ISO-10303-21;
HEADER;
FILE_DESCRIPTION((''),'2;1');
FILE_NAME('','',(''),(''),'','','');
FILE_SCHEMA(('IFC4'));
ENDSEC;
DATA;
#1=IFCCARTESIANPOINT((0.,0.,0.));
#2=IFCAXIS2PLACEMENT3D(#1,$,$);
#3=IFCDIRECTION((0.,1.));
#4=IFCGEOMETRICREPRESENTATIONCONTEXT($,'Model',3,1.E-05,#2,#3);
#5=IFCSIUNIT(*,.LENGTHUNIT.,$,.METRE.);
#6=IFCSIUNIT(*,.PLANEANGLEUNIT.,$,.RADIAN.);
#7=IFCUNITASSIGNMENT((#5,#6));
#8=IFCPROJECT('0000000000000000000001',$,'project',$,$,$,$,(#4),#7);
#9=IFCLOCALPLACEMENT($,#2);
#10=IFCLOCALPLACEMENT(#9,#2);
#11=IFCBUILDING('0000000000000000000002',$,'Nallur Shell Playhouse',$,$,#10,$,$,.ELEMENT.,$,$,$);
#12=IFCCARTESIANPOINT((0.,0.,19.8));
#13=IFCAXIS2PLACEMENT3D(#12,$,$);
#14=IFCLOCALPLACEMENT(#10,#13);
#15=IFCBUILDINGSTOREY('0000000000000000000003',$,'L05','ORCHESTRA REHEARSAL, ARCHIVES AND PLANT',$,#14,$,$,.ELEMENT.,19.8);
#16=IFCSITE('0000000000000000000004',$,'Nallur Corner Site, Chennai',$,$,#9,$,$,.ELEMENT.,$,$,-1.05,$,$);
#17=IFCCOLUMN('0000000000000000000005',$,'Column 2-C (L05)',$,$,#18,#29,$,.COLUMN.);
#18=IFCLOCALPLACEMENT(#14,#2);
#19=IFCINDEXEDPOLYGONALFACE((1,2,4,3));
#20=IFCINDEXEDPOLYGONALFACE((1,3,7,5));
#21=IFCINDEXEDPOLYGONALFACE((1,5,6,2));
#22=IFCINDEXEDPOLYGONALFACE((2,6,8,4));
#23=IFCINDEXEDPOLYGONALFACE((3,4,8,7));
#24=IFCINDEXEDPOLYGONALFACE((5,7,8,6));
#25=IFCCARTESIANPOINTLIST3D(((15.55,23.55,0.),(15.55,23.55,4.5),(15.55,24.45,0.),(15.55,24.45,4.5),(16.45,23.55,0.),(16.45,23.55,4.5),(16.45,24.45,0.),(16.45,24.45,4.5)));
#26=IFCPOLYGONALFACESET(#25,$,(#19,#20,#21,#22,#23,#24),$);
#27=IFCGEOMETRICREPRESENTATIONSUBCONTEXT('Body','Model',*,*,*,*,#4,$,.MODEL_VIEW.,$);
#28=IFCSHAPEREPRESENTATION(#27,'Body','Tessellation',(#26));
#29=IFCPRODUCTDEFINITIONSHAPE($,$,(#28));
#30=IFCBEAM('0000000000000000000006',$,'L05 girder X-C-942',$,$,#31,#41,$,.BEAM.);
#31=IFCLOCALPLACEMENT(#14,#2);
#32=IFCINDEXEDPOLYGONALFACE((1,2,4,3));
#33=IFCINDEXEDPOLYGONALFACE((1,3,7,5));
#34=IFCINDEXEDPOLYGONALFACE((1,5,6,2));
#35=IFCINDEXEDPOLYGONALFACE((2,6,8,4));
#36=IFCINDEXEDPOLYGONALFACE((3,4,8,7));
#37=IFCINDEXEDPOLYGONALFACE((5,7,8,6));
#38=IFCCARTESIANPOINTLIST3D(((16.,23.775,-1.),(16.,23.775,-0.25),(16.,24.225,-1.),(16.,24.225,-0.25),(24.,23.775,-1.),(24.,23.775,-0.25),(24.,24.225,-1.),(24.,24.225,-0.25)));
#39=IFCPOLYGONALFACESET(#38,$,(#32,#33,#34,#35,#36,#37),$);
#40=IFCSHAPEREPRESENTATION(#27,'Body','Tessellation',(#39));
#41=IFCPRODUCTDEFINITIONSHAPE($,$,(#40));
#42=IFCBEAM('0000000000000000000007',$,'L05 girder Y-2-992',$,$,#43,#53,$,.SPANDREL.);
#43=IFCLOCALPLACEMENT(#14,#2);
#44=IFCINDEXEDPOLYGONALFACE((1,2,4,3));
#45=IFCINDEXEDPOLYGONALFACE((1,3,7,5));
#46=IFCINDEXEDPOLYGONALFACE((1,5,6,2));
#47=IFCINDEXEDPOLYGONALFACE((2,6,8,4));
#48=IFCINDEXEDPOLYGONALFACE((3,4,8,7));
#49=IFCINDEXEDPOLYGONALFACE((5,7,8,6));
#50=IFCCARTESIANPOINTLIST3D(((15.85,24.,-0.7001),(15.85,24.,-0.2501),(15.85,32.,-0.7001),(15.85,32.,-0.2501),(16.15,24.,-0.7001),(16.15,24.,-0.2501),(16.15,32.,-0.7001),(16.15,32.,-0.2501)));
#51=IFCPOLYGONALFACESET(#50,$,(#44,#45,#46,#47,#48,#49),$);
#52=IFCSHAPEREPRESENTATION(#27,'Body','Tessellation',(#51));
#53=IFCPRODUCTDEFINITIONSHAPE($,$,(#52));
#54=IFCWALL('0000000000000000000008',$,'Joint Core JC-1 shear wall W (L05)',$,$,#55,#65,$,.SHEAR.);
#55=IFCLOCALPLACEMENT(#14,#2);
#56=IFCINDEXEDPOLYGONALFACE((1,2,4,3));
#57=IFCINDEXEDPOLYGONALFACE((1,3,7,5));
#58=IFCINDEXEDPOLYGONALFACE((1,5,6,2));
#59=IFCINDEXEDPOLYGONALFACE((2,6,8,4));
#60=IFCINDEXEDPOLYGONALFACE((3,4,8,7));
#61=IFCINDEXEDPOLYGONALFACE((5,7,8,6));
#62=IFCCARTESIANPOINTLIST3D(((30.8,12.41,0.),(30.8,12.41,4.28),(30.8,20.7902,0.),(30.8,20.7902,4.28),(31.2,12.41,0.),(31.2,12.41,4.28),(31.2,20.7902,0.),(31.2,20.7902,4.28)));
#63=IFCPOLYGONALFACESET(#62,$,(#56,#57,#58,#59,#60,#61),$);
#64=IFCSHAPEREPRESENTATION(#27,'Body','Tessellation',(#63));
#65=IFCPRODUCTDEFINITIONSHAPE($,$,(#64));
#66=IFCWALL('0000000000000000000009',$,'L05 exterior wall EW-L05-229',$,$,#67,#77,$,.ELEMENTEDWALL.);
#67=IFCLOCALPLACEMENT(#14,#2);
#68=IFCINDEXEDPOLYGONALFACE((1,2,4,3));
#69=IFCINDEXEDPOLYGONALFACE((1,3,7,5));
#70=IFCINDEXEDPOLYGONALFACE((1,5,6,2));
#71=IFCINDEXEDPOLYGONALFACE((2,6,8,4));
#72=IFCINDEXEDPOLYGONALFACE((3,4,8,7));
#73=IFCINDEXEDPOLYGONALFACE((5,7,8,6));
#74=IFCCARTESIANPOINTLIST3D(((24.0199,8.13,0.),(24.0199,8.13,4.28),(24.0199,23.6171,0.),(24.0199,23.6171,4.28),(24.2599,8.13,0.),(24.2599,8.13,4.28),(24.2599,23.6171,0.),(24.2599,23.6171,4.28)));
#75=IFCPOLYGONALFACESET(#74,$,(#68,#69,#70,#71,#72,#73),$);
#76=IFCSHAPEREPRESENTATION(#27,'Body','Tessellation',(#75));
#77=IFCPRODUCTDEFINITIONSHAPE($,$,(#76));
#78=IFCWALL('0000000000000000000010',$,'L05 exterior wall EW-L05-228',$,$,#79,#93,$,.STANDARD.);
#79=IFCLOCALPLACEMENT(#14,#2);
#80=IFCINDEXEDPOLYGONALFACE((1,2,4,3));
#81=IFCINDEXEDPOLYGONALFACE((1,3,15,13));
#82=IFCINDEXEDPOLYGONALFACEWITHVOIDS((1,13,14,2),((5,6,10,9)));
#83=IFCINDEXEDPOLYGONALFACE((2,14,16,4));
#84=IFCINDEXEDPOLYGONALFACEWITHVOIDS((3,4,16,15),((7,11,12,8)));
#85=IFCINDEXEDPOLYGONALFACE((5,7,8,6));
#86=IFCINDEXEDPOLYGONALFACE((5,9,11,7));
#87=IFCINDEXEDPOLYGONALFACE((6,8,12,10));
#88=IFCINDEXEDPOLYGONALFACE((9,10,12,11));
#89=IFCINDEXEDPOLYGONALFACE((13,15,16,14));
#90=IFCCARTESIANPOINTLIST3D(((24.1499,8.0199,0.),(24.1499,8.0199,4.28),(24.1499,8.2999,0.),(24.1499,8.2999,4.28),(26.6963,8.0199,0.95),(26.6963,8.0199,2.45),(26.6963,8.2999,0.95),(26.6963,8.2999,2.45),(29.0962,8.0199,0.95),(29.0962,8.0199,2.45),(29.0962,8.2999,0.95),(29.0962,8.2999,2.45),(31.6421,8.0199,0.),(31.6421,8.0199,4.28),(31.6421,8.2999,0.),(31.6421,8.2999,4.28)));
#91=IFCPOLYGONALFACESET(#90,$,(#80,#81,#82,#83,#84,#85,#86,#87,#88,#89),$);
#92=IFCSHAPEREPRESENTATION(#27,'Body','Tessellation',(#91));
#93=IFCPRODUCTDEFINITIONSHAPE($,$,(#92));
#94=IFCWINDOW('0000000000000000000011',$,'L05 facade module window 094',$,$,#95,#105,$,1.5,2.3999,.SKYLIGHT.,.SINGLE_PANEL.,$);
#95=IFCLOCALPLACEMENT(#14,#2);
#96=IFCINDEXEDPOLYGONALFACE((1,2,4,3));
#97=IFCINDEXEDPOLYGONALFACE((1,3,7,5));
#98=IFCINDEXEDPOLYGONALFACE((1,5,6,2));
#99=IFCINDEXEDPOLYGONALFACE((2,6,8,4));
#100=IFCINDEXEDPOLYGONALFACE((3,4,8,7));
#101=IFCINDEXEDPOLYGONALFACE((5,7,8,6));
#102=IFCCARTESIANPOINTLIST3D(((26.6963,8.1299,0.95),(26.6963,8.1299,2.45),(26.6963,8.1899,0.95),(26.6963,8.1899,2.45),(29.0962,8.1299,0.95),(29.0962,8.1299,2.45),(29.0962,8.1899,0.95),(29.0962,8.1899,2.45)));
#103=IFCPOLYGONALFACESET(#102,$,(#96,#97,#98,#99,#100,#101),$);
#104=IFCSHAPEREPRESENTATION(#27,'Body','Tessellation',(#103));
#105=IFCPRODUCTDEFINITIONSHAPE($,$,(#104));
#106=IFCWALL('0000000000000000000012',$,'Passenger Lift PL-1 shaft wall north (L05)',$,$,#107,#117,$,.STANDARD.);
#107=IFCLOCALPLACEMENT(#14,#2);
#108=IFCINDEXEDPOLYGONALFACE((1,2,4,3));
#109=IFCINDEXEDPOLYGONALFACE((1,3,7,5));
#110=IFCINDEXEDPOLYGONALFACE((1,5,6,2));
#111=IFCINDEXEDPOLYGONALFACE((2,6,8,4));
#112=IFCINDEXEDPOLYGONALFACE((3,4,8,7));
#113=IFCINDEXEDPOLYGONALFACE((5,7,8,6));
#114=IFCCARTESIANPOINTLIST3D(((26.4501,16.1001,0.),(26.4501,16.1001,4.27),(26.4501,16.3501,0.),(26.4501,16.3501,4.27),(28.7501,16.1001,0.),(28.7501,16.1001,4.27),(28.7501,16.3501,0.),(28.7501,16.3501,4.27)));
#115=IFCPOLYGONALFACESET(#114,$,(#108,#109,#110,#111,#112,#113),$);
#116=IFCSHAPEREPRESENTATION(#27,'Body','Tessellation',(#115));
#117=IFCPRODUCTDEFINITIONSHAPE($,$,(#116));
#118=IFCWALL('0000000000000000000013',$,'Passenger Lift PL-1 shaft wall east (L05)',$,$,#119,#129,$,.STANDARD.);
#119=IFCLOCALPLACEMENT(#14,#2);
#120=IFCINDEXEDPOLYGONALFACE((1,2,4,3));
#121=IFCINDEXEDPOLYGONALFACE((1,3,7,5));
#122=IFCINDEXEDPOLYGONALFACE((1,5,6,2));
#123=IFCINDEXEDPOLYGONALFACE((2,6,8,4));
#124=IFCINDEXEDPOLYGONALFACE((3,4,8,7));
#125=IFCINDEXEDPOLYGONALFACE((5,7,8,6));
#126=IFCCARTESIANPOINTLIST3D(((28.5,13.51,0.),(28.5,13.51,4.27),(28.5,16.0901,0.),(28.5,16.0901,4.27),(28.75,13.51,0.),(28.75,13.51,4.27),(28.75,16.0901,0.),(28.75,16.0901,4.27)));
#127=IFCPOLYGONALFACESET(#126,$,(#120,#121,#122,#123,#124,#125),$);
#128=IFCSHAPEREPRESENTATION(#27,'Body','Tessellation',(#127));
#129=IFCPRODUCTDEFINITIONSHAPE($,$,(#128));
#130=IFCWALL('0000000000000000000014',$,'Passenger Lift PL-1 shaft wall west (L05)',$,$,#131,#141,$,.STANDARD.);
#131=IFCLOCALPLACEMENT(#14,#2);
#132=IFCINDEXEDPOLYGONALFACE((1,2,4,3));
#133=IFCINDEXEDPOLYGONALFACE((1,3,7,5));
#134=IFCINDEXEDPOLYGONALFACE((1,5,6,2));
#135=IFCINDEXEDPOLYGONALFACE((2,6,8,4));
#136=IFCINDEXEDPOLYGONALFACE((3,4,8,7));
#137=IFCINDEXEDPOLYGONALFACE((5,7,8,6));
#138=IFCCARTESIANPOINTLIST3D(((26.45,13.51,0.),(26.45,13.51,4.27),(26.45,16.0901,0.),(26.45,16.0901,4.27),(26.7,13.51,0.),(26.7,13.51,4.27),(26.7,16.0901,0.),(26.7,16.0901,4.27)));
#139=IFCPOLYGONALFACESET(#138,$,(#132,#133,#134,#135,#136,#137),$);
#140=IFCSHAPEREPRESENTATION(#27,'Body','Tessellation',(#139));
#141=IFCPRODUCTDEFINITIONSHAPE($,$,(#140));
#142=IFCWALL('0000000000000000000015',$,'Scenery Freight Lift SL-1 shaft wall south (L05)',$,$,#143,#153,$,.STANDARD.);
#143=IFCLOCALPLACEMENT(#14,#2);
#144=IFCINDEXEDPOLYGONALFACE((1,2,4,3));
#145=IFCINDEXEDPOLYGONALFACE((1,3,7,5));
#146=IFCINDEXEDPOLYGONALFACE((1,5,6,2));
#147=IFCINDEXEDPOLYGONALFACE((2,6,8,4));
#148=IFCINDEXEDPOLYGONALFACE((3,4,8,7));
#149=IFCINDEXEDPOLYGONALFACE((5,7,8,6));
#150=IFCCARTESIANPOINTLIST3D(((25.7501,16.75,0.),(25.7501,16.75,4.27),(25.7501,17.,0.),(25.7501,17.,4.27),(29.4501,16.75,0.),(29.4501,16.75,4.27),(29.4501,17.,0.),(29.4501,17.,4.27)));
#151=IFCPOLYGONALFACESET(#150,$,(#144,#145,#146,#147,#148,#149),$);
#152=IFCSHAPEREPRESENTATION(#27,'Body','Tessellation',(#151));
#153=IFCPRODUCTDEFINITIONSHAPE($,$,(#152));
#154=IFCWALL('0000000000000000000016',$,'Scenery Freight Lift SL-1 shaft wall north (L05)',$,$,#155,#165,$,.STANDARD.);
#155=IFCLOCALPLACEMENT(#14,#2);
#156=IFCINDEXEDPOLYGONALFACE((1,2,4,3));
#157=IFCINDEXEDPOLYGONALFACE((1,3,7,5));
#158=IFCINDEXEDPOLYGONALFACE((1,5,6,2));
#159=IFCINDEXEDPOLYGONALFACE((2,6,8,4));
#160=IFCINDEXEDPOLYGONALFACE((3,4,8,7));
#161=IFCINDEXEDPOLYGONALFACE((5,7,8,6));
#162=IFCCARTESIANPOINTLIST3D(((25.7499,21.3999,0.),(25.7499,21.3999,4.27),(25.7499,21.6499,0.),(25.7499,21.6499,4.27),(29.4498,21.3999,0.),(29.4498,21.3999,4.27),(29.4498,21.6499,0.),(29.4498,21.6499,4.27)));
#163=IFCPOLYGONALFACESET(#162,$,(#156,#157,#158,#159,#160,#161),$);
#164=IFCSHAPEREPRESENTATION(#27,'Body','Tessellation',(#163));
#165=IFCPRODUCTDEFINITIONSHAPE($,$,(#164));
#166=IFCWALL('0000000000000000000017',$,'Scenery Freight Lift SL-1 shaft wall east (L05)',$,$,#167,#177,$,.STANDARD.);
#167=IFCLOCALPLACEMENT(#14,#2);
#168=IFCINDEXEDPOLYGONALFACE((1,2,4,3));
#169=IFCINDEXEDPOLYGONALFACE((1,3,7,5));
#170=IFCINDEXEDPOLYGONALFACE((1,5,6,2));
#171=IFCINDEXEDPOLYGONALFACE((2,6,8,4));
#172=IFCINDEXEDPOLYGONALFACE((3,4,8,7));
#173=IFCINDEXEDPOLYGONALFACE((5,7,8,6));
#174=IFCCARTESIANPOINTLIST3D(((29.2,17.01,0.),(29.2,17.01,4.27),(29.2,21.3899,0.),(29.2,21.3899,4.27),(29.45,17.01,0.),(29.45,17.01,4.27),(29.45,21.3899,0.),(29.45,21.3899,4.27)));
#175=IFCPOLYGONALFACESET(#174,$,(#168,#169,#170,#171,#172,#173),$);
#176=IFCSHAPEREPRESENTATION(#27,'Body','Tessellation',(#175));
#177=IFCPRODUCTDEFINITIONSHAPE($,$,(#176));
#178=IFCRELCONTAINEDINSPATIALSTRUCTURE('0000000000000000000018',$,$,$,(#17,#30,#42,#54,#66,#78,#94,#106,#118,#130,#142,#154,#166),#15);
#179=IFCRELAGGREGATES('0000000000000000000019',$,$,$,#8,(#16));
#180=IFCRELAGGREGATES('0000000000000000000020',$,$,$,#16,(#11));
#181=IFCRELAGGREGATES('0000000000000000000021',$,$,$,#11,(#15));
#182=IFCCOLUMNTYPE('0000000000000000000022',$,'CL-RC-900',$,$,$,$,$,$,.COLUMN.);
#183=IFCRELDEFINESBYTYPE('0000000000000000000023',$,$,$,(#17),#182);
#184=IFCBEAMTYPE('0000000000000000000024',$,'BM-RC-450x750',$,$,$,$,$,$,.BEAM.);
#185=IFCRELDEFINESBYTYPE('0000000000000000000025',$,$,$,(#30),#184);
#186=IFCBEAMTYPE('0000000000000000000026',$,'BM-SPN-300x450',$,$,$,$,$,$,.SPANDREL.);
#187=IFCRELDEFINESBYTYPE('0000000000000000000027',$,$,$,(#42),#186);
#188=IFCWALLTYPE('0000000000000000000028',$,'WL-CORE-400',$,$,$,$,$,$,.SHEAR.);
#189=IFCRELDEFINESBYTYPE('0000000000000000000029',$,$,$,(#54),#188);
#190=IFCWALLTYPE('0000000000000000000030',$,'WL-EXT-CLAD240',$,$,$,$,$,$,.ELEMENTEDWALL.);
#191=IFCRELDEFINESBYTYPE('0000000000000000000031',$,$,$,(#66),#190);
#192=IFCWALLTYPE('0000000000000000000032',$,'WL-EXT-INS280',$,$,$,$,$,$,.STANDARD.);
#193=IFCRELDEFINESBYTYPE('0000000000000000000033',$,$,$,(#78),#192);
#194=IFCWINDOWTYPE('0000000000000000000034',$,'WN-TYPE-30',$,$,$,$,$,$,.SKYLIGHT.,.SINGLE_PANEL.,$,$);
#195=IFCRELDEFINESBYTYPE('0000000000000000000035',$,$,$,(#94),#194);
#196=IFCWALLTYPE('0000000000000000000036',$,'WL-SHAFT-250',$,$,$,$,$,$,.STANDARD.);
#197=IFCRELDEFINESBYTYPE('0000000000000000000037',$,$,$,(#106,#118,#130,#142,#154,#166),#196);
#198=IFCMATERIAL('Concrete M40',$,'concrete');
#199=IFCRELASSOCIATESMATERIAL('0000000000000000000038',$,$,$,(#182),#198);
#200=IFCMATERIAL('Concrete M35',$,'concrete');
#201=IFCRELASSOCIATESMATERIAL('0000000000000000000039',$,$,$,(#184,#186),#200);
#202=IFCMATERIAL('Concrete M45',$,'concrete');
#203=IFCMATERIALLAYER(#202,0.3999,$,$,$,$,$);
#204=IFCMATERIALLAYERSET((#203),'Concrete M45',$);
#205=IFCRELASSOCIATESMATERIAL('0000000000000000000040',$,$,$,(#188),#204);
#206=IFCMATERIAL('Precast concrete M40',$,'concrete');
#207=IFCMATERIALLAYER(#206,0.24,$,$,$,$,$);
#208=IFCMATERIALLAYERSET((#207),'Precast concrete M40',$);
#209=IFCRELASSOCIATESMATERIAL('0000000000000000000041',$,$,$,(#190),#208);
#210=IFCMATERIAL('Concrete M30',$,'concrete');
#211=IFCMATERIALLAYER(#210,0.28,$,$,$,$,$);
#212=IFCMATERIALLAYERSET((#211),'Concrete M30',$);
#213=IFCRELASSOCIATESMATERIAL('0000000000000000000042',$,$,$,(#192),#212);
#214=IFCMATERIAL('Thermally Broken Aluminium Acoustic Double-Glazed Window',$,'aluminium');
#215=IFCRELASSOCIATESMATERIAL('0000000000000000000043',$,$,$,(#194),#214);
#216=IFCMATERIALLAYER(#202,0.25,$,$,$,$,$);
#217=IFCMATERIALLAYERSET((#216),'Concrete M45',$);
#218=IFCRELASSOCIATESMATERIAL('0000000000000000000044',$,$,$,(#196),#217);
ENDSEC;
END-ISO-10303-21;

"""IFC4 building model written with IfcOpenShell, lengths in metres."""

from ifc_helpers import new_model, si_unit, direction, frame, frame_2d, origin, origin_2d, place, context, subcontext, project, spatial, rectangle, extrude, material, layer, layer_set, material_profile, profile_set, type_object, element, fill, save


model = new_model("IFC4")

# Units and contexts
model_context = context("Model", 3, precision=1e-05, world=origin(), true_north=direction((0.0, 1.0)))
body_context = subcontext(model_context, "Body", "Model", "MODEL_VIEW")
ifc_project = project(units=[si_unit("LENGTHUNIT", "METRE"), si_unit("PLANEANGLEUNIT", "RADIAN")], contexts=[model_context])

# Site, building, storey
site_placement = place(None, origin())
site = spatial("IfcSite", under=ifc_project, at=site_placement, Name="Nallur Corner Site, Chennai", CompositionType="ELEMENT", RefElevation=-1.05)
building_placement = place(site_placement, origin())
building = spatial("IfcBuilding", under=site, at=building_placement, Name="Nallur Shell Playhouse", CompositionType="ELEMENT")
storey_placement = place(building_placement, frame((0.0, 0.0, 19.8)))
storey = spatial("IfcBuildingStorey", under=building, at=storey_placement, Name="L05", Description="ORCHESTRA REHEARSAL, ARCHIVES AND PLANT", CompositionType="ELEMENT", Elevation=19.8)

# Column
ifc_material_1 = material(Name="Concrete M40", Category="concrete")
ifc_material_profile_1 = material_profile(ifc_material_1, rectangle(XDim=0.8999, YDim=0.8999, at=origin_2d()), Name="RC 900x900")
ifc_profile_set_1 = profile_set([ifc_material_profile_1], Name="Concrete M40")
column_type = type_object("IfcColumnType", Name="CL-RC-900", PredefinedType="COLUMN", material=ifc_profile_set_1)
column_placement = place(storey_placement, frame((16.0, 24.0, 0.0), z_axis=(0.0, 0.0, 1.0), x_axis=(1.0, 0.0, 0.0)))
element("IfcColumn", 1, at=column_placement, inside=storey, type_object=column_type, Name="Column 2-C (L05)", PredefinedType="COLUMN", context=body_context, shape_type="SweptSolid", body=[
    extrude(rectangle(XDim=0.8999, YDim=0.8999, at=origin_2d()), origin(), (0.0, 0.0, 1.0), 4.5),
])

# Beams
ifc_material_2 = material(Name="Concrete M35", Category="concrete")
ifc_material_profile_2 = material_profile(ifc_material_2, rectangle(XDim=0.45, YDim=0.75, at=origin_2d()), Name="RC 450x750")
ifc_profile_set_2 = profile_set([ifc_material_profile_2], Name="Concrete M35")
beam_type_1 = type_object("IfcBeamType", Name="BM-RC-450x750", PredefinedType="BEAM", material=ifc_profile_set_2)
beam_1_placement = place(storey_placement, frame((16.0, 24.0, -0.625), z_axis=(1.0, 0.0, 0.0), x_axis=(0.0, 1.0, 0.0)))
element("IfcBeam", 2, at=beam_1_placement, inside=storey, type_object=beam_type_1, Name="L05 girder X-C-942", PredefinedType="BEAM", context=body_context, shape_type="SweptSolid", body=[
    extrude(rectangle(XDim=0.45, YDim=0.75, at=origin_2d()), origin(), (0.0, 0.0, 1.0), 8.0),
])
ifc_material_profile_3 = material_profile(ifc_material_2, rectangle(XDim=0.3, YDim=0.45, at=origin_2d()), Name="RC 300x450")
ifc_profile_set_3 = profile_set([ifc_material_profile_3], Name="Concrete M35")
beam_type_2 = type_object("IfcBeamType", Name="BM-SPN-300x450", PredefinedType="SPANDREL", material=ifc_profile_set_3)
beam_2_placement = place(storey_placement, frame((16.0, 24.0, -0.4751), z_axis=(0.0, 1.0, 0.0), x_axis=(-1.0, 0.0, 0.0)))
element("IfcBeam", 3, at=beam_2_placement, inside=storey, type_object=beam_type_2, Name="L05 girder Y-2-992", PredefinedType="SPANDREL", context=body_context, shape_type="SweptSolid", body=[
    extrude(rectangle(XDim=0.3, YDim=0.45, at=origin_2d()), origin(), (0.0, 0.0, 1.0), 8.0),
])

# Shared definitions
ifc_material_3 = material(Name="Concrete M45", Category="concrete")
ifc_layer_1 = layer(ifc_material_3, 0.3999)
ifc_layer_set_1 = layer_set([ifc_layer_1], Name="Concrete M45")
wall_type_1 = type_object("IfcWallType", Name="WL-CORE-400", PredefinedType="SHEAR", material=ifc_layer_set_1)

# Walls
wall_1_placement = place(storey_placement, frame((31.0, 20.79, 0.0), z_axis=(0.0, 0.0, 1.0), x_axis=(0.0, -1.0, 0.0)))
element("IfcWall", 4, at=wall_1_placement, inside=storey, type_object=wall_type_1, Name="Joint Core JC-1 shear wall W (L05)", PredefinedType="SHEAR", context=body_context, shape_type="SweptSolid", body=[
    extrude(rectangle(XDim=8.3801, YDim=0.3999, at=frame_2d((4.1899, 0.0))), origin(), (0.0, 0.0, 1.0), 4.28),
])
ifc_material_4 = material(Name="Precast concrete M40", Category="concrete")
ifc_layer_2 = layer(ifc_material_4, 0.24)
ifc_layer_set_2 = layer_set([ifc_layer_2], Name="Precast concrete M40")
wall_type_2 = type_object("IfcWallType", Name="WL-EXT-CLAD240", PredefinedType="ELEMENTEDWALL", material=ifc_layer_set_2)
wall_2_placement = place(storey_placement, frame((24.1399, 8.1299, 0.0), z_axis=(0.0, 0.0, 1.0), x_axis=(0.0, 1.0, 0.0)))
element("IfcWall", 5, at=wall_2_placement, inside=storey, type_object=wall_type_2, Name="L05 exterior wall EW-L05-229", PredefinedType="ELEMENTEDWALL", context=body_context, shape_type="SweptSolid", body=[
    extrude(rectangle(XDim=15.4871, YDim=0.24, at=frame_2d((7.7437, 0.0))), origin(), (0.0, 0.0, 1.0), 4.28),
])

# Wall, opening, window
ifc_material_5 = material(Name="Concrete M30", Category="concrete")
ifc_layer_3 = layer(ifc_material_5, 0.28)
ifc_layer_set_3 = layer_set([ifc_layer_3], Name="Concrete M30")
wall_type_3 = type_object("IfcWallType", Name="WL-EXT-INS280", PredefinedType="STANDARD", material=ifc_layer_set_3)
wall_3_placement = place(storey_placement, frame((31.6421, 8.1599, 0.0), z_axis=(0.0, 0.0, 1.0), x_axis=(-1.0, 0.0, 0.0)))
wall_3 = element("IfcWall", 6, at=wall_3_placement, inside=storey, type_object=wall_type_3, Name="L05 exterior wall EW-L05-228", PredefinedType="STANDARD", context=body_context, shape_type="SweptSolid", body=[
    extrude(rectangle(XDim=7.4922, YDim=0.28, at=frame_2d((3.7461, 0.0))), origin(), (0.0, 0.0, 1.0), 4.28),
])
opening_1_placement = place(wall_3_placement, frame((2.5459, 0.0, 0.95)))
opening_1 = element("IfcOpeningElement", 7, at=opening_1_placement, cuts=wall_3, PredefinedType="OPENING", context=body_context, shape_type="SweptSolid", body=[
    extrude(rectangle(XDim=2.3999, YDim=1.5, at=frame_2d((1.2, 0.75))), frame((0.0, 0.1499, 0.0), z_axis=(0.0, -1.0, 0.0), x_axis=(1.0, 0.0, 0.0)), (0.0, 0.0, 1.0), 0.3),
])
ifc_material_6 = material(Name="Thermally Broken Aluminium Acoustic Double-Glazed Window", Category="aluminium")
window_type = type_object("IfcWindowType", Name="WN-TYPE-30", PartitioningType="SINGLE_PANEL", PredefinedType="SKYLIGHT", material=ifc_material_6)
window_placement = place(opening_1_placement, origin())
window = element("IfcWindow", 8, at=window_placement, inside=storey, type_object=window_type, Name="L05 facade module window 094", OverallHeight=1.5, OverallWidth=2.3999, PartitioningType="SINGLE_PANEL", PredefinedType="SKYLIGHT", context=body_context, shape_type="SweptSolid", body=[
    extrude(rectangle(XDim=2.3999, YDim=1.5, at=frame_2d((1.2, 0.75))), frame((0.0, 0.03, 0.0), z_axis=(0.0, -1.0, 0.0), x_axis=(1.0, 0.0, 0.0)), (0.0, 0.0, 1.0), 0.0601),
])
fill(opening_1, window)

# Shared definitions
ifc_layer_4 = layer(ifc_material_3, 0.25)
ifc_layer_set_4 = layer_set([ifc_layer_4], Name="Concrete M45")
wall_type_4 = type_object("IfcWallType", Name="WL-SHAFT-250", PredefinedType="STANDARD", material=ifc_layer_set_4)

# Walls
wall_4_placement = place(storey_placement, frame((28.75, 16.2251, 0.0), z_axis=(0.0, 0.0, 1.0), x_axis=(-1.0, 0.0, 0.0)))
element("IfcWall", 9, at=wall_4_placement, inside=storey, type_object=wall_type_4, Name="Passenger Lift PL-1 shaft wall north (L05)", PredefinedType="STANDARD", context=body_context, shape_type="SweptSolid", body=[
    extrude(rectangle(XDim=2.3, YDim=0.25, at=frame_2d((1.1499, 0.0))), origin(), (0.0, 0.0, 1.0), 4.27),
])
for number, where, z_axis, x_axis, name in (
    (10, (28.625, 13.51, 0.0), (0.0, 0.0, 1.0), (0.0, 1.0, 0.0), "Passenger Lift PL-1 shaft wall east (L05)"),
    (11, (26.575, 16.0901, 0.0), (0.0, 0.0, 1.0), (0.0, -1.0, 0.0), "Passenger Lift PL-1 shaft wall west (L05)"),
):
    element("IfcWall", number, at=place(storey_placement, frame(where, z_axis=z_axis, x_axis=x_axis)), inside=storey, type_object=wall_type_4, Name=name, PredefinedType="STANDARD", context=body_context, shape_type="SweptSolid", body=[
        extrude(rectangle(XDim=2.5801, YDim=0.25, at=frame_2d((1.29, 0.0))), origin(), (0.0, 0.0, 1.0), 4.27),
    ])
for number, where, z_axis, x_axis, name in (
    (12, (25.75, 16.875, 0.0), (0.0, 0.0, 1.0), (1.0, 0.0, 0.0), "Scenery Freight Lift SL-1 shaft wall south (L05)"),
    (13, (29.45, 21.5249, 0.0), (0.0, 0.0, 1.0), (-1.0, 0.0, 0.0), "Scenery Freight Lift SL-1 shaft wall north (L05)"),
):
    element("IfcWall", number, at=place(storey_placement, frame(where, z_axis=z_axis, x_axis=x_axis)), inside=storey, type_object=wall_type_4, Name=name, PredefinedType="STANDARD", context=body_context, shape_type="SweptSolid", body=[
        extrude(rectangle(XDim=3.7, YDim=0.25, at=frame_2d((1.8501, 0.0))), origin(), (0.0, 0.0, 1.0), 4.27),
    ])
wall_5_placement = place(storey_placement, frame((29.325, 17.01, 0.0), z_axis=(0.0, 0.0, 1.0), x_axis=(0.0, 1.0, 0.0)))
element("IfcWall", 14, at=wall_5_placement, inside=storey, type_object=wall_type_4, Name="Scenery Freight Lift SL-1 shaft wall east (L05)", PredefinedType="STANDARD", context=body_context, shape_type="SweptSolid", body=[
    extrude(rectangle(XDim=4.3799, YDim=0.25, at=frame_2d((2.1899, 0.0))), origin(), (0.0, 0.0, 1.0), 4.27),
])

save(model, "model.ifc")
